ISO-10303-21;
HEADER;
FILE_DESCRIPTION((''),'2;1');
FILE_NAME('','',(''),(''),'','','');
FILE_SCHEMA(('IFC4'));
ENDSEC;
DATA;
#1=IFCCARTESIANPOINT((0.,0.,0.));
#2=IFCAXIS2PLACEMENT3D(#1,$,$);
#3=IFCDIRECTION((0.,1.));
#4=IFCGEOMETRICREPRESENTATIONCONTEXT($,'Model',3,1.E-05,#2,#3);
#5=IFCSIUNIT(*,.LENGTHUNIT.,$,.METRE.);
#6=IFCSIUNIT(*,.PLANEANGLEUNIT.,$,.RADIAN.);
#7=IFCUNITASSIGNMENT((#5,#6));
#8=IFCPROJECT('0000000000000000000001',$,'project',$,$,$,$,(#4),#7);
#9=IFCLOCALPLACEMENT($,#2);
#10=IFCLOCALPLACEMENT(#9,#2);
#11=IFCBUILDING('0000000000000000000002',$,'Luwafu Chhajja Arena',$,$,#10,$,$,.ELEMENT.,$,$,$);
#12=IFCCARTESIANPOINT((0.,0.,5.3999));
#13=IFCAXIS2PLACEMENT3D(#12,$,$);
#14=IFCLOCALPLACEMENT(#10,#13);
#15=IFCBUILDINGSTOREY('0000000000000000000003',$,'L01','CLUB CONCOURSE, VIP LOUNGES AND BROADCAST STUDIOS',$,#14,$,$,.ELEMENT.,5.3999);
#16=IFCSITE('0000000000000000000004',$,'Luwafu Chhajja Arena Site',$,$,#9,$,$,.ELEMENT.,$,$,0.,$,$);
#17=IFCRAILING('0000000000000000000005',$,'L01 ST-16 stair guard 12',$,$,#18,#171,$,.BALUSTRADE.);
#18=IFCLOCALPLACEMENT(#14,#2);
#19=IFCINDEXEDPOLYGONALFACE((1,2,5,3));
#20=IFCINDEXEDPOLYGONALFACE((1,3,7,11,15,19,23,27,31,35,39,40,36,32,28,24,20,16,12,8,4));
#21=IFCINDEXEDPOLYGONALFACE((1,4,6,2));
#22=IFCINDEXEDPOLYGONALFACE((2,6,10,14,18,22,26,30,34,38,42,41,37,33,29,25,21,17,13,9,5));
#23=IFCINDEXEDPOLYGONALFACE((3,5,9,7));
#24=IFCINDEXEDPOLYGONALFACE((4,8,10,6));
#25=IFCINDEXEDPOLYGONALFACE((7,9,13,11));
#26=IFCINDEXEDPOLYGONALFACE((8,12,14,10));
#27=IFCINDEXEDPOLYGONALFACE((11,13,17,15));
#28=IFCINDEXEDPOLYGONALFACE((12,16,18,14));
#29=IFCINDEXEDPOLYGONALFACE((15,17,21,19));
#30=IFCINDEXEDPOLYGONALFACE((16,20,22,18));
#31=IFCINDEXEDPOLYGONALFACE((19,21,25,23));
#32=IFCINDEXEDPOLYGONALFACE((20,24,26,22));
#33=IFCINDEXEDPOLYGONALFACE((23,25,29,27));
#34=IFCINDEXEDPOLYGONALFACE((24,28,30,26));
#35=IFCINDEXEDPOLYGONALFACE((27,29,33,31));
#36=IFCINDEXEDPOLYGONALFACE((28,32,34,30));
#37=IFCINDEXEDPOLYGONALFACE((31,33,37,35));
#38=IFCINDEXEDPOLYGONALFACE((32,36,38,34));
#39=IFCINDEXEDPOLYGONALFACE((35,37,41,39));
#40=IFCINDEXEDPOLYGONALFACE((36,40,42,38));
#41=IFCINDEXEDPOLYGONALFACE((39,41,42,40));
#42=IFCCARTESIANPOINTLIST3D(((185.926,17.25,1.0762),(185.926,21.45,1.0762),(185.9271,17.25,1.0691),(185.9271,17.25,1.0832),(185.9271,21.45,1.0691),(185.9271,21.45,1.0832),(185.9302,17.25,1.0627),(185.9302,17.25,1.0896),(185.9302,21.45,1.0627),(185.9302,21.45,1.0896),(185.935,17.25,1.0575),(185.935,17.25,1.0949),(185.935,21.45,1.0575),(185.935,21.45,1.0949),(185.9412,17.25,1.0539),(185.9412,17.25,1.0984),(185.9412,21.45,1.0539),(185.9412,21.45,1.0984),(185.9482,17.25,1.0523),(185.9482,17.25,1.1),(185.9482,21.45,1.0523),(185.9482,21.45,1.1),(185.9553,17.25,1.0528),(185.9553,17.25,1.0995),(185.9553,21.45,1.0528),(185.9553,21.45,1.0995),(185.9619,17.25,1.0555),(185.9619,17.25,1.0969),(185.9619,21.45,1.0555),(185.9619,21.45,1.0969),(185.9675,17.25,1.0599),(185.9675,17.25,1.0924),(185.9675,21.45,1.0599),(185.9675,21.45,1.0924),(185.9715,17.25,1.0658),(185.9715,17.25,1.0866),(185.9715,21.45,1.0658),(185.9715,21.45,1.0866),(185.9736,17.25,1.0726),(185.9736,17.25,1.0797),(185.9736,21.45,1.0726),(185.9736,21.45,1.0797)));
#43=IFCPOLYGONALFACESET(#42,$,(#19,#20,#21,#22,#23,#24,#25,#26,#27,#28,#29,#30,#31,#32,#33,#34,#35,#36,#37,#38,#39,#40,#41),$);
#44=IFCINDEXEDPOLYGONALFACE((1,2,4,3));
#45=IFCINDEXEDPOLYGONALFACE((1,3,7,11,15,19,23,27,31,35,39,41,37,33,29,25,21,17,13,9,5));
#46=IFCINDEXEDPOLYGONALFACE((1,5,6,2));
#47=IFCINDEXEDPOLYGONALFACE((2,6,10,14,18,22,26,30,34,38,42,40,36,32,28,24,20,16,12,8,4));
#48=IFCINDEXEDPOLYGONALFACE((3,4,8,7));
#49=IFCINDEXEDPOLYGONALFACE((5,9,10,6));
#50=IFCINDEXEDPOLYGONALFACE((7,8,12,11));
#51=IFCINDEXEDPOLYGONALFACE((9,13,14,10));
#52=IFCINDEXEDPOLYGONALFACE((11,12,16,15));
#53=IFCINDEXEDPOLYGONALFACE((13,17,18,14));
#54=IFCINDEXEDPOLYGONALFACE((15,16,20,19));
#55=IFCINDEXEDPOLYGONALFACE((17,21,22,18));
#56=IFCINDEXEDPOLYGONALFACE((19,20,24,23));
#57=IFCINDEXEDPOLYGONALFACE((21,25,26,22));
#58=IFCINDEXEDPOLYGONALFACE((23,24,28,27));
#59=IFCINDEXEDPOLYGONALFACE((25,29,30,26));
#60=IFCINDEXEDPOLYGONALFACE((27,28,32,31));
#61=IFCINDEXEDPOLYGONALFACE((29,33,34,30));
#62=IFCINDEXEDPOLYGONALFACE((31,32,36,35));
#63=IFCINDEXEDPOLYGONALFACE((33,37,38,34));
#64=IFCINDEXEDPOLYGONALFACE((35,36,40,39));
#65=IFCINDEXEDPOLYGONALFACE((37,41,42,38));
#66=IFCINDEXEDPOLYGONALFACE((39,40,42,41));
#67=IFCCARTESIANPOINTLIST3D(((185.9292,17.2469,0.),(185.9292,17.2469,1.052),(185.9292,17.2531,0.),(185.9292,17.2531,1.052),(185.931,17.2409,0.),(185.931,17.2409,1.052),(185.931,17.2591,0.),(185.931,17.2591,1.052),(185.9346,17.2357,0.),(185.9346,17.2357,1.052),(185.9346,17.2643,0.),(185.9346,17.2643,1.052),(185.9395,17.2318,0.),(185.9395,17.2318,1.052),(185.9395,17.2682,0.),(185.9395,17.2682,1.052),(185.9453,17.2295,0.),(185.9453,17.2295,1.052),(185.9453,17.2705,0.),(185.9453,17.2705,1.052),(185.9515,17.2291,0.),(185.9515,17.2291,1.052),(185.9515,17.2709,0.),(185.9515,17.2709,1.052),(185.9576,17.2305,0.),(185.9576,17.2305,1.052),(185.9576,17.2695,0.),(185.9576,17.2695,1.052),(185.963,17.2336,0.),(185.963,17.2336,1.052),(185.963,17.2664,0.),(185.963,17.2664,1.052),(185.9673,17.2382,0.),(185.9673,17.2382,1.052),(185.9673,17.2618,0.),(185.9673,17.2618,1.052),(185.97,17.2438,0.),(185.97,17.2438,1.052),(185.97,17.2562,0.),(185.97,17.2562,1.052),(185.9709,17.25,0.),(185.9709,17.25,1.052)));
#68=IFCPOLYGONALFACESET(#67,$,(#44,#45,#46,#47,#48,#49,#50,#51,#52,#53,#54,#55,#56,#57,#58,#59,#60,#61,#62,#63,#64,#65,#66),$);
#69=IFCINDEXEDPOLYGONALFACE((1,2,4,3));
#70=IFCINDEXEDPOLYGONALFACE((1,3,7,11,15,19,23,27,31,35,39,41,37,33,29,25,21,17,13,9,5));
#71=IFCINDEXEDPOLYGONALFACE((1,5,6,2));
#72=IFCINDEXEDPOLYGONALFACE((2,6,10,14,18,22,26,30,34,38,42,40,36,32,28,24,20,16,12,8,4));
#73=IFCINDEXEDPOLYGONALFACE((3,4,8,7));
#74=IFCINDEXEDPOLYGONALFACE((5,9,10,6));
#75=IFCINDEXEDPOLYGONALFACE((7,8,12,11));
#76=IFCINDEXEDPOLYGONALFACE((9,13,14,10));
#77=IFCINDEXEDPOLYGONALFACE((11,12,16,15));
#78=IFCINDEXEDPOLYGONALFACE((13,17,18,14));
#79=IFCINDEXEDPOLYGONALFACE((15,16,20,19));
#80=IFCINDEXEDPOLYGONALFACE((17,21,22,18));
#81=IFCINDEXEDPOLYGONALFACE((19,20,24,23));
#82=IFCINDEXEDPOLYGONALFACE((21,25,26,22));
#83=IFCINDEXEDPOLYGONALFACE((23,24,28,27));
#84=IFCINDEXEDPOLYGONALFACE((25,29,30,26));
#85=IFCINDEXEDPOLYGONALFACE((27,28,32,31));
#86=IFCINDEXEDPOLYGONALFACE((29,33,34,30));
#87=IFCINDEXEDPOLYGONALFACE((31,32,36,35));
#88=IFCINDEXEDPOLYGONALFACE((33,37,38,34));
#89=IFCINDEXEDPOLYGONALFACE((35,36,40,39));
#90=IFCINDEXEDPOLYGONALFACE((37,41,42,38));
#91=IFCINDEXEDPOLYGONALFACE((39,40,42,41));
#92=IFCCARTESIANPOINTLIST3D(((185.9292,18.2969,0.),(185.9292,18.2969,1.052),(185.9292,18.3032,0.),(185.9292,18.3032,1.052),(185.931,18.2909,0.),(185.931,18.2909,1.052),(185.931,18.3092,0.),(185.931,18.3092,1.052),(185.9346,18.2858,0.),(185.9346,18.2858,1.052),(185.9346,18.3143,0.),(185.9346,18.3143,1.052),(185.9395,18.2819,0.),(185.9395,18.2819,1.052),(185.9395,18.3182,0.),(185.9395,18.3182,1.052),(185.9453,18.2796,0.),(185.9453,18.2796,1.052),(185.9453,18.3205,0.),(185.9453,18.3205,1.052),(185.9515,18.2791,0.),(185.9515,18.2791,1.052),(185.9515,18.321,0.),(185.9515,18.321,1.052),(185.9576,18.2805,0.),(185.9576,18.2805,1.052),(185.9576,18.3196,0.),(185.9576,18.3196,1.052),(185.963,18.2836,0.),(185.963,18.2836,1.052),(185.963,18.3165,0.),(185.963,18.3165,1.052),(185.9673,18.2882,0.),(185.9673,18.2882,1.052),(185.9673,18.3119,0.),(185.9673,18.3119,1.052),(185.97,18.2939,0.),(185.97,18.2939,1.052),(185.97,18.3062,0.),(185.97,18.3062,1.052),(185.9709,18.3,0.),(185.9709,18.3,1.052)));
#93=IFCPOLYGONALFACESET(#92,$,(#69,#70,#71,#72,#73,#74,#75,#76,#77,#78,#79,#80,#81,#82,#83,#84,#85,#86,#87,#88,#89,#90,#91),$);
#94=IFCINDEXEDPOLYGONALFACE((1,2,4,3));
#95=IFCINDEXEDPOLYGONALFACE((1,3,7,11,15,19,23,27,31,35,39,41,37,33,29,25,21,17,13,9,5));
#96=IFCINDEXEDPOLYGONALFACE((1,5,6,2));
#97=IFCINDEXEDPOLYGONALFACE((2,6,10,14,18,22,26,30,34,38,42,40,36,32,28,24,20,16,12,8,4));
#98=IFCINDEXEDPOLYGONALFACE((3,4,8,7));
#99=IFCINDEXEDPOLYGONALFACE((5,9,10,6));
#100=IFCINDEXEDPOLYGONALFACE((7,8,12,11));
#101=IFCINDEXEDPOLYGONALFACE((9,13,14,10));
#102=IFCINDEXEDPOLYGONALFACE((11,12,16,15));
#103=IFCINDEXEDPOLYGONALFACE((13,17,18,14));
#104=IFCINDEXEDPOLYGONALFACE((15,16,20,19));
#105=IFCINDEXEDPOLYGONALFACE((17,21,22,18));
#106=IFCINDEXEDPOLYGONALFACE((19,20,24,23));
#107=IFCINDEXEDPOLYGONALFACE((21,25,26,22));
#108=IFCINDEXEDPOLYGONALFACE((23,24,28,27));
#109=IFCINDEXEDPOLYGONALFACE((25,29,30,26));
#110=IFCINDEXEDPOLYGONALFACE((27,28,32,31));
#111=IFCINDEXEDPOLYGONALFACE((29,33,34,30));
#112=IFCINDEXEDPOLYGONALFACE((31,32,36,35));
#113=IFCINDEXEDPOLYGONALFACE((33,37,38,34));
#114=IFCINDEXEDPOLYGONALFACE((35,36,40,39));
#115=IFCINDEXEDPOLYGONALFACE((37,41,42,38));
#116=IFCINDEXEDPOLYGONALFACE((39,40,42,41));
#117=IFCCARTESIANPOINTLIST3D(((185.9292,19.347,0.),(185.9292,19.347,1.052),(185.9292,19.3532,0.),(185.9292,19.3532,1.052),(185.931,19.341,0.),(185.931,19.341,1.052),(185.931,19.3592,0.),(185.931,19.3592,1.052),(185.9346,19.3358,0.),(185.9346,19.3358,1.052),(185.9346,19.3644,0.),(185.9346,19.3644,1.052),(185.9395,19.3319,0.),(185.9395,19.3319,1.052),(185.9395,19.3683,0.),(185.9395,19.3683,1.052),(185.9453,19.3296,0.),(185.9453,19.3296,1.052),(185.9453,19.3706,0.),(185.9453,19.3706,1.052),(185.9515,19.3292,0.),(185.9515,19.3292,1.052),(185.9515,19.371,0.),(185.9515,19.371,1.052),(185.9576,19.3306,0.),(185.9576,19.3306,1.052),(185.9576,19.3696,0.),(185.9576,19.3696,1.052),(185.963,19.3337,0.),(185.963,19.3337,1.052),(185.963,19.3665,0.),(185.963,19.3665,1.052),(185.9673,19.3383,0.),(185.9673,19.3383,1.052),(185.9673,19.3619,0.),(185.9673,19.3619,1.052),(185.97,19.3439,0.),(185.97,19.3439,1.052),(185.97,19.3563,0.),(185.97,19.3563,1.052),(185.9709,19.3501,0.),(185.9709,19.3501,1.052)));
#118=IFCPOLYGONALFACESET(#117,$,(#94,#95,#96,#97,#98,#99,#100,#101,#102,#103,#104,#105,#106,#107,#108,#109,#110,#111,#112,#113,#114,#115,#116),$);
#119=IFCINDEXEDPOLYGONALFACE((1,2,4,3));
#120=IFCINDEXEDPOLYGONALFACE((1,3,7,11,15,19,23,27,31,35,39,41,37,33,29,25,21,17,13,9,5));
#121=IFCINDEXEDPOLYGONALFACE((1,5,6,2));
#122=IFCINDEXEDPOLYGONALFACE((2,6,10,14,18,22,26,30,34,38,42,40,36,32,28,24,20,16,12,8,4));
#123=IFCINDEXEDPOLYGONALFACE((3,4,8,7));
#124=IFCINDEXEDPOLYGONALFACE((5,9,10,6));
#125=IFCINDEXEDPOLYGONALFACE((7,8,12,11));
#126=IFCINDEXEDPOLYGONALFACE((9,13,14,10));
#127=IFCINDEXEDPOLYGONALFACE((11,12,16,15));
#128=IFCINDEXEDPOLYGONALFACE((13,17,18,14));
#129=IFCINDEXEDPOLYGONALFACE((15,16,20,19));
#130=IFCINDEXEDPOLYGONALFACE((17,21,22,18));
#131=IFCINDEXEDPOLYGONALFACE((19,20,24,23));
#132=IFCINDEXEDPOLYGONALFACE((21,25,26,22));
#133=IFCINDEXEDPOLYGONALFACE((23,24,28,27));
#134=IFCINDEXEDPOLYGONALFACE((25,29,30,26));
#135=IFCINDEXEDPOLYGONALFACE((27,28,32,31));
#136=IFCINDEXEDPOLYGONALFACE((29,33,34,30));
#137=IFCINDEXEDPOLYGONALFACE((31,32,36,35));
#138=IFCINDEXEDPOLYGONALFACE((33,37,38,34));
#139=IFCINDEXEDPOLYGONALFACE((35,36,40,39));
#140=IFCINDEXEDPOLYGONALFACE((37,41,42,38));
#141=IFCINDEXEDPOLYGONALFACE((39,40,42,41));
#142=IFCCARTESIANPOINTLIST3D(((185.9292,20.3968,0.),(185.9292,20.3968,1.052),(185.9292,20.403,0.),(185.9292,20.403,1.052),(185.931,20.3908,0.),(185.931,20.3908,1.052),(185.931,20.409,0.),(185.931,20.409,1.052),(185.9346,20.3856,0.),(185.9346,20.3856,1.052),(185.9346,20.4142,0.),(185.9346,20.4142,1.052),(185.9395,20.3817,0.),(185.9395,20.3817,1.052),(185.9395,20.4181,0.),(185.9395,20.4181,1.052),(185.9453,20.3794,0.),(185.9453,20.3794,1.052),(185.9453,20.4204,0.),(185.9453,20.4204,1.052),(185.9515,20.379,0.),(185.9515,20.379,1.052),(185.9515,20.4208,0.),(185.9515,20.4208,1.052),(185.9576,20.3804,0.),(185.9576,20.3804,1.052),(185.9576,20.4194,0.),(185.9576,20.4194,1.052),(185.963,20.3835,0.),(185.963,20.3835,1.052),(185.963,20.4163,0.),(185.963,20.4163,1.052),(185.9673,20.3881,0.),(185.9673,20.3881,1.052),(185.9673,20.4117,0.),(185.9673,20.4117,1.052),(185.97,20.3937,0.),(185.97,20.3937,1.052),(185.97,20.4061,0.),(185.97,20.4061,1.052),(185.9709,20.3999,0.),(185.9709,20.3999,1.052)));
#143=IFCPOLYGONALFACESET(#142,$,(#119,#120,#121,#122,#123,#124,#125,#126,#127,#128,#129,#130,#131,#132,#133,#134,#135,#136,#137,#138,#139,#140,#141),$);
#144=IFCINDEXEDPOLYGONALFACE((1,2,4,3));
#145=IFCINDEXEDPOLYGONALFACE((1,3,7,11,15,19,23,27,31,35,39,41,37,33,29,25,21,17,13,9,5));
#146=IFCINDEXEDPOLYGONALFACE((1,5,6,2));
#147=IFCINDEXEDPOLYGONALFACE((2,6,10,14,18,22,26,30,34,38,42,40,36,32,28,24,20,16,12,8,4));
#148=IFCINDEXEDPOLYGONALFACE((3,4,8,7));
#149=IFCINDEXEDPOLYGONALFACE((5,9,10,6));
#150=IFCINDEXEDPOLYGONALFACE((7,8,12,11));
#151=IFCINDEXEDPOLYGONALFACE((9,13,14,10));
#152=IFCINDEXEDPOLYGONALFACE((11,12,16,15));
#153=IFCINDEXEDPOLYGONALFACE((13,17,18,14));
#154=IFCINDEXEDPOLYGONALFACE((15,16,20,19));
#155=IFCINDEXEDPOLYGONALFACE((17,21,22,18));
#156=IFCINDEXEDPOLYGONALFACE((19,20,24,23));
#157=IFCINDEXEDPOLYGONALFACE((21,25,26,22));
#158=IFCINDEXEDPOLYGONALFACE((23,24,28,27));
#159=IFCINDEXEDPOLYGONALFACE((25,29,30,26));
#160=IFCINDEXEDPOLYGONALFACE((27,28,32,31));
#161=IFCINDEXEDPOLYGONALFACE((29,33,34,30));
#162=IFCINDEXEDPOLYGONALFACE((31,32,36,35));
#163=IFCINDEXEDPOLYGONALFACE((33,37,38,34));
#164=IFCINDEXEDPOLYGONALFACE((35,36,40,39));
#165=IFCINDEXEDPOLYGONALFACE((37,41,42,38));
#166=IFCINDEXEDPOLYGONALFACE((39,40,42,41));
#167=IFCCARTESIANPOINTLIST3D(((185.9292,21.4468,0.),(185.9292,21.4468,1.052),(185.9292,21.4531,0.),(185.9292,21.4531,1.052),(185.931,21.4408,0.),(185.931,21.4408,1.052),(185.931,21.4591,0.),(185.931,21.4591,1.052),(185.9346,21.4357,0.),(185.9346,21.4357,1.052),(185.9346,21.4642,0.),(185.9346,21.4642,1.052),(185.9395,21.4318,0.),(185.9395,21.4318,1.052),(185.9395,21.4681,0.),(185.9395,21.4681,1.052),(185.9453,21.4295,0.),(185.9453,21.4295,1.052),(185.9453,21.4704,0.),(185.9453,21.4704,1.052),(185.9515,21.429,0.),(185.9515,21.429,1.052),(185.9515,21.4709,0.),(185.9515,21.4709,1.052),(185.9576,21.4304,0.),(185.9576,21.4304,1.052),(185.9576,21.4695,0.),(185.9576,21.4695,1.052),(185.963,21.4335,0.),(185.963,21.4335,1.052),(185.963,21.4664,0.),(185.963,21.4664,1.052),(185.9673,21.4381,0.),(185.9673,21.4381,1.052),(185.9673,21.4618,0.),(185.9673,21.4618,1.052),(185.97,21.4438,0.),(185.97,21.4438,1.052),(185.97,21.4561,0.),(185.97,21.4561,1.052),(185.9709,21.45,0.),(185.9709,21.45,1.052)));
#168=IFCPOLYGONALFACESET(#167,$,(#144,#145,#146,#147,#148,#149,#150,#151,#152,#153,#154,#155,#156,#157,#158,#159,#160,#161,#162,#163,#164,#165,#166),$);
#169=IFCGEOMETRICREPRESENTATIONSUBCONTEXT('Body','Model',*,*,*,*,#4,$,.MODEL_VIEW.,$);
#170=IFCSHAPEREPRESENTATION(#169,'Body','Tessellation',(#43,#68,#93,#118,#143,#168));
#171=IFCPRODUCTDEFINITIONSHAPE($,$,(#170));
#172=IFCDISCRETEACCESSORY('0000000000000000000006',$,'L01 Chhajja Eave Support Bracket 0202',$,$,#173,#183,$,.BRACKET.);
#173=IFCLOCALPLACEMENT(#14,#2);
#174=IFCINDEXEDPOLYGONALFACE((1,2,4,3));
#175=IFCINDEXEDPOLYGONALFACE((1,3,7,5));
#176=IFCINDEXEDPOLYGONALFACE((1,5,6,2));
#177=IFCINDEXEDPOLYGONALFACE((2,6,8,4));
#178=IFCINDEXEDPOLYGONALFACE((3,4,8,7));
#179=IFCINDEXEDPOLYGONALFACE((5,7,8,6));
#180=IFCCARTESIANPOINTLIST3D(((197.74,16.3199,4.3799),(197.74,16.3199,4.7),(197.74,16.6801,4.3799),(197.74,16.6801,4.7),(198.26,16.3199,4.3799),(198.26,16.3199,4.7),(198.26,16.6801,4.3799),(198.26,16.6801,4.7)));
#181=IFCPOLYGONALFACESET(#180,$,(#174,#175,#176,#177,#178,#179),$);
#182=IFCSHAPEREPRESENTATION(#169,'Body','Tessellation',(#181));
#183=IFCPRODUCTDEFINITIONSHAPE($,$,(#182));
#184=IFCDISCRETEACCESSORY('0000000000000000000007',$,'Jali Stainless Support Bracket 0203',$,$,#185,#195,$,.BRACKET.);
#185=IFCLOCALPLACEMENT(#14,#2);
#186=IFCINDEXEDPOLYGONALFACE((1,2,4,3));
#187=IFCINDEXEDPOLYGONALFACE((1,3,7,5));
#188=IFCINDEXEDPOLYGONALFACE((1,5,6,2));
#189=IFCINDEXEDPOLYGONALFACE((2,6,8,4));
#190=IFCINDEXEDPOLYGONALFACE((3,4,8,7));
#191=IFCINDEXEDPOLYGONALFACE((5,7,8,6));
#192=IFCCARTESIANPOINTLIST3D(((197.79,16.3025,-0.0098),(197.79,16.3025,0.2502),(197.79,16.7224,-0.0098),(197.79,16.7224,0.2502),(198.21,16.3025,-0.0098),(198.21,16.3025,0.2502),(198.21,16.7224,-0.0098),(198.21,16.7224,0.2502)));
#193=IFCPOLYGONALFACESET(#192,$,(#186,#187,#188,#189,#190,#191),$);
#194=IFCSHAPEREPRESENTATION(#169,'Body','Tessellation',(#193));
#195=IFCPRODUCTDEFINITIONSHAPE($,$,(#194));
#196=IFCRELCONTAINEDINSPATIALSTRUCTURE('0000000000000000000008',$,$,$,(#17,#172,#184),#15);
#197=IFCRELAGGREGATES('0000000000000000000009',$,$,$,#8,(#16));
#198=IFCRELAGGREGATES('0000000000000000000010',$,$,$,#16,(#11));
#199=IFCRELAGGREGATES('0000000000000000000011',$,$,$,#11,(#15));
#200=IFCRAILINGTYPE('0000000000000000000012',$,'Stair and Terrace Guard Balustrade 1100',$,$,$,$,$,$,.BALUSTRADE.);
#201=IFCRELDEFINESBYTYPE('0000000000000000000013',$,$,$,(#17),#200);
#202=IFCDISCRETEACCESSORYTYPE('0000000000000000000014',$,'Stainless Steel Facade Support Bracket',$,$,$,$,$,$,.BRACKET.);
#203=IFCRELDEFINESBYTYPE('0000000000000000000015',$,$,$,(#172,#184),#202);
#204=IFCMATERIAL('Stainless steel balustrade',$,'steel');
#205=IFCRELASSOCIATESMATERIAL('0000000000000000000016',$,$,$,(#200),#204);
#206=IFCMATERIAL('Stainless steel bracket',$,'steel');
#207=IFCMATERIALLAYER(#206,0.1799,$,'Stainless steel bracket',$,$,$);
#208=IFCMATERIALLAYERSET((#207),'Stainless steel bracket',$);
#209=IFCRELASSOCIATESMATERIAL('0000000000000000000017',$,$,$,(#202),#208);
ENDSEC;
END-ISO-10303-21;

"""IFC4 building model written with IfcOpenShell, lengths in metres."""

from ifc_helpers import new_model, si_unit, direction, frame, origin, origin_2d, place, context, subcontext, project, spatial, rectangle, circle, extrude, material, layer, layer_set, type_object, element, save


model = new_model("IFC4")

# Units and contexts
model_context = context("Model", 3, precision=1e-05, world=origin(), true_north=direction((0.0, 1.0)))
body_context = subcontext(model_context, "Body", "Model", "MODEL_VIEW")
ifc_project = project(units=[si_unit("LENGTHUNIT", "METRE"), si_unit("PLANEANGLEUNIT", "RADIAN")], contexts=[model_context])

# Site, building, storey
site_placement = place(None, origin())
site = spatial("IfcSite", under=ifc_project, at=site_placement, Name="Luwafu Chhajja Arena Site", CompositionType="ELEMENT", RefElevation=0.0)
building_placement = place(site_placement, origin())
building = spatial("IfcBuilding", under=site, at=building_placement, Name="Luwafu Chhajja Arena", CompositionType="ELEMENT")
storey_placement = place(building_placement, frame((0.0, 0.0, 5.3999)))
storey = spatial("IfcBuildingStorey", under=building, at=storey_placement, Name="L01", Description="CLUB CONCOURSE, VIP LOUNGES AND BROADCAST STUDIOS", CompositionType="ELEMENT", Elevation=5.3999)

# Railing
ifc_material_1 = material(Name="Stainless steel balustrade", Category="steel")
railing_type = type_object("IfcRailingType", Name="Stair and Terrace Guard Balustrade 1100", PredefinedType="BALUSTRADE", material=ifc_material_1)
railing_1_placement = place(storey_placement, frame((185.95, 17.25, 0.0)))
element("IfcRailing", 1, at=railing_1_placement, inside=storey, type_object=railing_type, Name="L01 ST-16 stair guard 12", PredefinedType="BALUSTRADE", context=body_context, shape_type="SweptSolid", body=[
    extrude(circle(Radius=0.0239, at=origin_2d()), frame((0.0, 0.0, 1.0762), z_axis=(0.0, 1.0, 0.0), x_axis=(-1.0, 0.0, 0.0)), (0.0, 0.0, 1.0), 4.2),
    extrude(circle(Radius=0.021, at=origin_2d()), origin(), (0.0, 0.0, 1.0), 1.052),
    extrude(circle(Radius=0.021, at=origin_2d()), frame((0.0, 1.05, 0.0)), (0.0, 0.0, 1.0), 1.052),
    extrude(circle(Radius=0.021, at=origin_2d()), frame((0.0, 2.1001, 0.0)), (0.0, 0.0, 1.0), 1.052),
    extrude(circle(Radius=0.021, at=origin_2d()), frame((0.0, 3.1499, 0.0)), (0.0, 0.0, 1.0), 1.052),
    extrude(circle(Radius=0.021, at=origin_2d()), frame((0.0, 4.2, 0.0)), (0.0, 0.0, 1.0), 1.052),
])

# Discrete accessories
ifc_material_2 = material(Name="Stainless steel bracket", Category="steel")
ifc_layer_1 = layer(ifc_material_2, 0.1799, Name="Stainless steel bracket")
ifc_layer_set_1 = layer_set([ifc_layer_1], Name="Stainless steel bracket")
discrete_accessory_type = type_object("IfcDiscreteAccessoryType", Name="Stainless Steel Facade Support Bracket", PredefinedType="BRACKET", material=ifc_layer_set_1)
discrete_accessory_1_placement = place(storey_placement, frame((198.0, 16.5, 4.3799), z_axis=(0.0, 0.0, 1.0), x_axis=(0.0, 1.0, 0.0)))
element("IfcDiscreteAccessory", 2, at=discrete_accessory_1_placement, inside=storey, type_object=discrete_accessory_type, Name="L01 Chhajja Eave Support Bracket 0202", PredefinedType="BRACKET", context=body_context, shape_type="SweptSolid", body=[
    extrude(rectangle(XDim=0.3601, YDim=0.52, at=origin_2d()), origin(), (0.0, 0.0, 1.0), 0.3201),
])
discrete_accessory_2_placement = place(storey_placement, frame((198.0, 16.5125, -0.0098), z_axis=(0.0, 0.0, 1.0), x_axis=(0.0, 1.0, 0.0)))
element("IfcDiscreteAccessory", 3, at=discrete_accessory_2_placement, inside=storey, type_object=discrete_accessory_type, Name="Jali Stainless Support Bracket 0203", PredefinedType="BRACKET", context=body_context, shape_type="SweptSolid", body=[
    extrude(rectangle(XDim=0.4199, YDim=0.4199, at=origin_2d()), origin(), (0.0, 0.0, 1.0), 0.26),
])

save(model, "model.ifc")
